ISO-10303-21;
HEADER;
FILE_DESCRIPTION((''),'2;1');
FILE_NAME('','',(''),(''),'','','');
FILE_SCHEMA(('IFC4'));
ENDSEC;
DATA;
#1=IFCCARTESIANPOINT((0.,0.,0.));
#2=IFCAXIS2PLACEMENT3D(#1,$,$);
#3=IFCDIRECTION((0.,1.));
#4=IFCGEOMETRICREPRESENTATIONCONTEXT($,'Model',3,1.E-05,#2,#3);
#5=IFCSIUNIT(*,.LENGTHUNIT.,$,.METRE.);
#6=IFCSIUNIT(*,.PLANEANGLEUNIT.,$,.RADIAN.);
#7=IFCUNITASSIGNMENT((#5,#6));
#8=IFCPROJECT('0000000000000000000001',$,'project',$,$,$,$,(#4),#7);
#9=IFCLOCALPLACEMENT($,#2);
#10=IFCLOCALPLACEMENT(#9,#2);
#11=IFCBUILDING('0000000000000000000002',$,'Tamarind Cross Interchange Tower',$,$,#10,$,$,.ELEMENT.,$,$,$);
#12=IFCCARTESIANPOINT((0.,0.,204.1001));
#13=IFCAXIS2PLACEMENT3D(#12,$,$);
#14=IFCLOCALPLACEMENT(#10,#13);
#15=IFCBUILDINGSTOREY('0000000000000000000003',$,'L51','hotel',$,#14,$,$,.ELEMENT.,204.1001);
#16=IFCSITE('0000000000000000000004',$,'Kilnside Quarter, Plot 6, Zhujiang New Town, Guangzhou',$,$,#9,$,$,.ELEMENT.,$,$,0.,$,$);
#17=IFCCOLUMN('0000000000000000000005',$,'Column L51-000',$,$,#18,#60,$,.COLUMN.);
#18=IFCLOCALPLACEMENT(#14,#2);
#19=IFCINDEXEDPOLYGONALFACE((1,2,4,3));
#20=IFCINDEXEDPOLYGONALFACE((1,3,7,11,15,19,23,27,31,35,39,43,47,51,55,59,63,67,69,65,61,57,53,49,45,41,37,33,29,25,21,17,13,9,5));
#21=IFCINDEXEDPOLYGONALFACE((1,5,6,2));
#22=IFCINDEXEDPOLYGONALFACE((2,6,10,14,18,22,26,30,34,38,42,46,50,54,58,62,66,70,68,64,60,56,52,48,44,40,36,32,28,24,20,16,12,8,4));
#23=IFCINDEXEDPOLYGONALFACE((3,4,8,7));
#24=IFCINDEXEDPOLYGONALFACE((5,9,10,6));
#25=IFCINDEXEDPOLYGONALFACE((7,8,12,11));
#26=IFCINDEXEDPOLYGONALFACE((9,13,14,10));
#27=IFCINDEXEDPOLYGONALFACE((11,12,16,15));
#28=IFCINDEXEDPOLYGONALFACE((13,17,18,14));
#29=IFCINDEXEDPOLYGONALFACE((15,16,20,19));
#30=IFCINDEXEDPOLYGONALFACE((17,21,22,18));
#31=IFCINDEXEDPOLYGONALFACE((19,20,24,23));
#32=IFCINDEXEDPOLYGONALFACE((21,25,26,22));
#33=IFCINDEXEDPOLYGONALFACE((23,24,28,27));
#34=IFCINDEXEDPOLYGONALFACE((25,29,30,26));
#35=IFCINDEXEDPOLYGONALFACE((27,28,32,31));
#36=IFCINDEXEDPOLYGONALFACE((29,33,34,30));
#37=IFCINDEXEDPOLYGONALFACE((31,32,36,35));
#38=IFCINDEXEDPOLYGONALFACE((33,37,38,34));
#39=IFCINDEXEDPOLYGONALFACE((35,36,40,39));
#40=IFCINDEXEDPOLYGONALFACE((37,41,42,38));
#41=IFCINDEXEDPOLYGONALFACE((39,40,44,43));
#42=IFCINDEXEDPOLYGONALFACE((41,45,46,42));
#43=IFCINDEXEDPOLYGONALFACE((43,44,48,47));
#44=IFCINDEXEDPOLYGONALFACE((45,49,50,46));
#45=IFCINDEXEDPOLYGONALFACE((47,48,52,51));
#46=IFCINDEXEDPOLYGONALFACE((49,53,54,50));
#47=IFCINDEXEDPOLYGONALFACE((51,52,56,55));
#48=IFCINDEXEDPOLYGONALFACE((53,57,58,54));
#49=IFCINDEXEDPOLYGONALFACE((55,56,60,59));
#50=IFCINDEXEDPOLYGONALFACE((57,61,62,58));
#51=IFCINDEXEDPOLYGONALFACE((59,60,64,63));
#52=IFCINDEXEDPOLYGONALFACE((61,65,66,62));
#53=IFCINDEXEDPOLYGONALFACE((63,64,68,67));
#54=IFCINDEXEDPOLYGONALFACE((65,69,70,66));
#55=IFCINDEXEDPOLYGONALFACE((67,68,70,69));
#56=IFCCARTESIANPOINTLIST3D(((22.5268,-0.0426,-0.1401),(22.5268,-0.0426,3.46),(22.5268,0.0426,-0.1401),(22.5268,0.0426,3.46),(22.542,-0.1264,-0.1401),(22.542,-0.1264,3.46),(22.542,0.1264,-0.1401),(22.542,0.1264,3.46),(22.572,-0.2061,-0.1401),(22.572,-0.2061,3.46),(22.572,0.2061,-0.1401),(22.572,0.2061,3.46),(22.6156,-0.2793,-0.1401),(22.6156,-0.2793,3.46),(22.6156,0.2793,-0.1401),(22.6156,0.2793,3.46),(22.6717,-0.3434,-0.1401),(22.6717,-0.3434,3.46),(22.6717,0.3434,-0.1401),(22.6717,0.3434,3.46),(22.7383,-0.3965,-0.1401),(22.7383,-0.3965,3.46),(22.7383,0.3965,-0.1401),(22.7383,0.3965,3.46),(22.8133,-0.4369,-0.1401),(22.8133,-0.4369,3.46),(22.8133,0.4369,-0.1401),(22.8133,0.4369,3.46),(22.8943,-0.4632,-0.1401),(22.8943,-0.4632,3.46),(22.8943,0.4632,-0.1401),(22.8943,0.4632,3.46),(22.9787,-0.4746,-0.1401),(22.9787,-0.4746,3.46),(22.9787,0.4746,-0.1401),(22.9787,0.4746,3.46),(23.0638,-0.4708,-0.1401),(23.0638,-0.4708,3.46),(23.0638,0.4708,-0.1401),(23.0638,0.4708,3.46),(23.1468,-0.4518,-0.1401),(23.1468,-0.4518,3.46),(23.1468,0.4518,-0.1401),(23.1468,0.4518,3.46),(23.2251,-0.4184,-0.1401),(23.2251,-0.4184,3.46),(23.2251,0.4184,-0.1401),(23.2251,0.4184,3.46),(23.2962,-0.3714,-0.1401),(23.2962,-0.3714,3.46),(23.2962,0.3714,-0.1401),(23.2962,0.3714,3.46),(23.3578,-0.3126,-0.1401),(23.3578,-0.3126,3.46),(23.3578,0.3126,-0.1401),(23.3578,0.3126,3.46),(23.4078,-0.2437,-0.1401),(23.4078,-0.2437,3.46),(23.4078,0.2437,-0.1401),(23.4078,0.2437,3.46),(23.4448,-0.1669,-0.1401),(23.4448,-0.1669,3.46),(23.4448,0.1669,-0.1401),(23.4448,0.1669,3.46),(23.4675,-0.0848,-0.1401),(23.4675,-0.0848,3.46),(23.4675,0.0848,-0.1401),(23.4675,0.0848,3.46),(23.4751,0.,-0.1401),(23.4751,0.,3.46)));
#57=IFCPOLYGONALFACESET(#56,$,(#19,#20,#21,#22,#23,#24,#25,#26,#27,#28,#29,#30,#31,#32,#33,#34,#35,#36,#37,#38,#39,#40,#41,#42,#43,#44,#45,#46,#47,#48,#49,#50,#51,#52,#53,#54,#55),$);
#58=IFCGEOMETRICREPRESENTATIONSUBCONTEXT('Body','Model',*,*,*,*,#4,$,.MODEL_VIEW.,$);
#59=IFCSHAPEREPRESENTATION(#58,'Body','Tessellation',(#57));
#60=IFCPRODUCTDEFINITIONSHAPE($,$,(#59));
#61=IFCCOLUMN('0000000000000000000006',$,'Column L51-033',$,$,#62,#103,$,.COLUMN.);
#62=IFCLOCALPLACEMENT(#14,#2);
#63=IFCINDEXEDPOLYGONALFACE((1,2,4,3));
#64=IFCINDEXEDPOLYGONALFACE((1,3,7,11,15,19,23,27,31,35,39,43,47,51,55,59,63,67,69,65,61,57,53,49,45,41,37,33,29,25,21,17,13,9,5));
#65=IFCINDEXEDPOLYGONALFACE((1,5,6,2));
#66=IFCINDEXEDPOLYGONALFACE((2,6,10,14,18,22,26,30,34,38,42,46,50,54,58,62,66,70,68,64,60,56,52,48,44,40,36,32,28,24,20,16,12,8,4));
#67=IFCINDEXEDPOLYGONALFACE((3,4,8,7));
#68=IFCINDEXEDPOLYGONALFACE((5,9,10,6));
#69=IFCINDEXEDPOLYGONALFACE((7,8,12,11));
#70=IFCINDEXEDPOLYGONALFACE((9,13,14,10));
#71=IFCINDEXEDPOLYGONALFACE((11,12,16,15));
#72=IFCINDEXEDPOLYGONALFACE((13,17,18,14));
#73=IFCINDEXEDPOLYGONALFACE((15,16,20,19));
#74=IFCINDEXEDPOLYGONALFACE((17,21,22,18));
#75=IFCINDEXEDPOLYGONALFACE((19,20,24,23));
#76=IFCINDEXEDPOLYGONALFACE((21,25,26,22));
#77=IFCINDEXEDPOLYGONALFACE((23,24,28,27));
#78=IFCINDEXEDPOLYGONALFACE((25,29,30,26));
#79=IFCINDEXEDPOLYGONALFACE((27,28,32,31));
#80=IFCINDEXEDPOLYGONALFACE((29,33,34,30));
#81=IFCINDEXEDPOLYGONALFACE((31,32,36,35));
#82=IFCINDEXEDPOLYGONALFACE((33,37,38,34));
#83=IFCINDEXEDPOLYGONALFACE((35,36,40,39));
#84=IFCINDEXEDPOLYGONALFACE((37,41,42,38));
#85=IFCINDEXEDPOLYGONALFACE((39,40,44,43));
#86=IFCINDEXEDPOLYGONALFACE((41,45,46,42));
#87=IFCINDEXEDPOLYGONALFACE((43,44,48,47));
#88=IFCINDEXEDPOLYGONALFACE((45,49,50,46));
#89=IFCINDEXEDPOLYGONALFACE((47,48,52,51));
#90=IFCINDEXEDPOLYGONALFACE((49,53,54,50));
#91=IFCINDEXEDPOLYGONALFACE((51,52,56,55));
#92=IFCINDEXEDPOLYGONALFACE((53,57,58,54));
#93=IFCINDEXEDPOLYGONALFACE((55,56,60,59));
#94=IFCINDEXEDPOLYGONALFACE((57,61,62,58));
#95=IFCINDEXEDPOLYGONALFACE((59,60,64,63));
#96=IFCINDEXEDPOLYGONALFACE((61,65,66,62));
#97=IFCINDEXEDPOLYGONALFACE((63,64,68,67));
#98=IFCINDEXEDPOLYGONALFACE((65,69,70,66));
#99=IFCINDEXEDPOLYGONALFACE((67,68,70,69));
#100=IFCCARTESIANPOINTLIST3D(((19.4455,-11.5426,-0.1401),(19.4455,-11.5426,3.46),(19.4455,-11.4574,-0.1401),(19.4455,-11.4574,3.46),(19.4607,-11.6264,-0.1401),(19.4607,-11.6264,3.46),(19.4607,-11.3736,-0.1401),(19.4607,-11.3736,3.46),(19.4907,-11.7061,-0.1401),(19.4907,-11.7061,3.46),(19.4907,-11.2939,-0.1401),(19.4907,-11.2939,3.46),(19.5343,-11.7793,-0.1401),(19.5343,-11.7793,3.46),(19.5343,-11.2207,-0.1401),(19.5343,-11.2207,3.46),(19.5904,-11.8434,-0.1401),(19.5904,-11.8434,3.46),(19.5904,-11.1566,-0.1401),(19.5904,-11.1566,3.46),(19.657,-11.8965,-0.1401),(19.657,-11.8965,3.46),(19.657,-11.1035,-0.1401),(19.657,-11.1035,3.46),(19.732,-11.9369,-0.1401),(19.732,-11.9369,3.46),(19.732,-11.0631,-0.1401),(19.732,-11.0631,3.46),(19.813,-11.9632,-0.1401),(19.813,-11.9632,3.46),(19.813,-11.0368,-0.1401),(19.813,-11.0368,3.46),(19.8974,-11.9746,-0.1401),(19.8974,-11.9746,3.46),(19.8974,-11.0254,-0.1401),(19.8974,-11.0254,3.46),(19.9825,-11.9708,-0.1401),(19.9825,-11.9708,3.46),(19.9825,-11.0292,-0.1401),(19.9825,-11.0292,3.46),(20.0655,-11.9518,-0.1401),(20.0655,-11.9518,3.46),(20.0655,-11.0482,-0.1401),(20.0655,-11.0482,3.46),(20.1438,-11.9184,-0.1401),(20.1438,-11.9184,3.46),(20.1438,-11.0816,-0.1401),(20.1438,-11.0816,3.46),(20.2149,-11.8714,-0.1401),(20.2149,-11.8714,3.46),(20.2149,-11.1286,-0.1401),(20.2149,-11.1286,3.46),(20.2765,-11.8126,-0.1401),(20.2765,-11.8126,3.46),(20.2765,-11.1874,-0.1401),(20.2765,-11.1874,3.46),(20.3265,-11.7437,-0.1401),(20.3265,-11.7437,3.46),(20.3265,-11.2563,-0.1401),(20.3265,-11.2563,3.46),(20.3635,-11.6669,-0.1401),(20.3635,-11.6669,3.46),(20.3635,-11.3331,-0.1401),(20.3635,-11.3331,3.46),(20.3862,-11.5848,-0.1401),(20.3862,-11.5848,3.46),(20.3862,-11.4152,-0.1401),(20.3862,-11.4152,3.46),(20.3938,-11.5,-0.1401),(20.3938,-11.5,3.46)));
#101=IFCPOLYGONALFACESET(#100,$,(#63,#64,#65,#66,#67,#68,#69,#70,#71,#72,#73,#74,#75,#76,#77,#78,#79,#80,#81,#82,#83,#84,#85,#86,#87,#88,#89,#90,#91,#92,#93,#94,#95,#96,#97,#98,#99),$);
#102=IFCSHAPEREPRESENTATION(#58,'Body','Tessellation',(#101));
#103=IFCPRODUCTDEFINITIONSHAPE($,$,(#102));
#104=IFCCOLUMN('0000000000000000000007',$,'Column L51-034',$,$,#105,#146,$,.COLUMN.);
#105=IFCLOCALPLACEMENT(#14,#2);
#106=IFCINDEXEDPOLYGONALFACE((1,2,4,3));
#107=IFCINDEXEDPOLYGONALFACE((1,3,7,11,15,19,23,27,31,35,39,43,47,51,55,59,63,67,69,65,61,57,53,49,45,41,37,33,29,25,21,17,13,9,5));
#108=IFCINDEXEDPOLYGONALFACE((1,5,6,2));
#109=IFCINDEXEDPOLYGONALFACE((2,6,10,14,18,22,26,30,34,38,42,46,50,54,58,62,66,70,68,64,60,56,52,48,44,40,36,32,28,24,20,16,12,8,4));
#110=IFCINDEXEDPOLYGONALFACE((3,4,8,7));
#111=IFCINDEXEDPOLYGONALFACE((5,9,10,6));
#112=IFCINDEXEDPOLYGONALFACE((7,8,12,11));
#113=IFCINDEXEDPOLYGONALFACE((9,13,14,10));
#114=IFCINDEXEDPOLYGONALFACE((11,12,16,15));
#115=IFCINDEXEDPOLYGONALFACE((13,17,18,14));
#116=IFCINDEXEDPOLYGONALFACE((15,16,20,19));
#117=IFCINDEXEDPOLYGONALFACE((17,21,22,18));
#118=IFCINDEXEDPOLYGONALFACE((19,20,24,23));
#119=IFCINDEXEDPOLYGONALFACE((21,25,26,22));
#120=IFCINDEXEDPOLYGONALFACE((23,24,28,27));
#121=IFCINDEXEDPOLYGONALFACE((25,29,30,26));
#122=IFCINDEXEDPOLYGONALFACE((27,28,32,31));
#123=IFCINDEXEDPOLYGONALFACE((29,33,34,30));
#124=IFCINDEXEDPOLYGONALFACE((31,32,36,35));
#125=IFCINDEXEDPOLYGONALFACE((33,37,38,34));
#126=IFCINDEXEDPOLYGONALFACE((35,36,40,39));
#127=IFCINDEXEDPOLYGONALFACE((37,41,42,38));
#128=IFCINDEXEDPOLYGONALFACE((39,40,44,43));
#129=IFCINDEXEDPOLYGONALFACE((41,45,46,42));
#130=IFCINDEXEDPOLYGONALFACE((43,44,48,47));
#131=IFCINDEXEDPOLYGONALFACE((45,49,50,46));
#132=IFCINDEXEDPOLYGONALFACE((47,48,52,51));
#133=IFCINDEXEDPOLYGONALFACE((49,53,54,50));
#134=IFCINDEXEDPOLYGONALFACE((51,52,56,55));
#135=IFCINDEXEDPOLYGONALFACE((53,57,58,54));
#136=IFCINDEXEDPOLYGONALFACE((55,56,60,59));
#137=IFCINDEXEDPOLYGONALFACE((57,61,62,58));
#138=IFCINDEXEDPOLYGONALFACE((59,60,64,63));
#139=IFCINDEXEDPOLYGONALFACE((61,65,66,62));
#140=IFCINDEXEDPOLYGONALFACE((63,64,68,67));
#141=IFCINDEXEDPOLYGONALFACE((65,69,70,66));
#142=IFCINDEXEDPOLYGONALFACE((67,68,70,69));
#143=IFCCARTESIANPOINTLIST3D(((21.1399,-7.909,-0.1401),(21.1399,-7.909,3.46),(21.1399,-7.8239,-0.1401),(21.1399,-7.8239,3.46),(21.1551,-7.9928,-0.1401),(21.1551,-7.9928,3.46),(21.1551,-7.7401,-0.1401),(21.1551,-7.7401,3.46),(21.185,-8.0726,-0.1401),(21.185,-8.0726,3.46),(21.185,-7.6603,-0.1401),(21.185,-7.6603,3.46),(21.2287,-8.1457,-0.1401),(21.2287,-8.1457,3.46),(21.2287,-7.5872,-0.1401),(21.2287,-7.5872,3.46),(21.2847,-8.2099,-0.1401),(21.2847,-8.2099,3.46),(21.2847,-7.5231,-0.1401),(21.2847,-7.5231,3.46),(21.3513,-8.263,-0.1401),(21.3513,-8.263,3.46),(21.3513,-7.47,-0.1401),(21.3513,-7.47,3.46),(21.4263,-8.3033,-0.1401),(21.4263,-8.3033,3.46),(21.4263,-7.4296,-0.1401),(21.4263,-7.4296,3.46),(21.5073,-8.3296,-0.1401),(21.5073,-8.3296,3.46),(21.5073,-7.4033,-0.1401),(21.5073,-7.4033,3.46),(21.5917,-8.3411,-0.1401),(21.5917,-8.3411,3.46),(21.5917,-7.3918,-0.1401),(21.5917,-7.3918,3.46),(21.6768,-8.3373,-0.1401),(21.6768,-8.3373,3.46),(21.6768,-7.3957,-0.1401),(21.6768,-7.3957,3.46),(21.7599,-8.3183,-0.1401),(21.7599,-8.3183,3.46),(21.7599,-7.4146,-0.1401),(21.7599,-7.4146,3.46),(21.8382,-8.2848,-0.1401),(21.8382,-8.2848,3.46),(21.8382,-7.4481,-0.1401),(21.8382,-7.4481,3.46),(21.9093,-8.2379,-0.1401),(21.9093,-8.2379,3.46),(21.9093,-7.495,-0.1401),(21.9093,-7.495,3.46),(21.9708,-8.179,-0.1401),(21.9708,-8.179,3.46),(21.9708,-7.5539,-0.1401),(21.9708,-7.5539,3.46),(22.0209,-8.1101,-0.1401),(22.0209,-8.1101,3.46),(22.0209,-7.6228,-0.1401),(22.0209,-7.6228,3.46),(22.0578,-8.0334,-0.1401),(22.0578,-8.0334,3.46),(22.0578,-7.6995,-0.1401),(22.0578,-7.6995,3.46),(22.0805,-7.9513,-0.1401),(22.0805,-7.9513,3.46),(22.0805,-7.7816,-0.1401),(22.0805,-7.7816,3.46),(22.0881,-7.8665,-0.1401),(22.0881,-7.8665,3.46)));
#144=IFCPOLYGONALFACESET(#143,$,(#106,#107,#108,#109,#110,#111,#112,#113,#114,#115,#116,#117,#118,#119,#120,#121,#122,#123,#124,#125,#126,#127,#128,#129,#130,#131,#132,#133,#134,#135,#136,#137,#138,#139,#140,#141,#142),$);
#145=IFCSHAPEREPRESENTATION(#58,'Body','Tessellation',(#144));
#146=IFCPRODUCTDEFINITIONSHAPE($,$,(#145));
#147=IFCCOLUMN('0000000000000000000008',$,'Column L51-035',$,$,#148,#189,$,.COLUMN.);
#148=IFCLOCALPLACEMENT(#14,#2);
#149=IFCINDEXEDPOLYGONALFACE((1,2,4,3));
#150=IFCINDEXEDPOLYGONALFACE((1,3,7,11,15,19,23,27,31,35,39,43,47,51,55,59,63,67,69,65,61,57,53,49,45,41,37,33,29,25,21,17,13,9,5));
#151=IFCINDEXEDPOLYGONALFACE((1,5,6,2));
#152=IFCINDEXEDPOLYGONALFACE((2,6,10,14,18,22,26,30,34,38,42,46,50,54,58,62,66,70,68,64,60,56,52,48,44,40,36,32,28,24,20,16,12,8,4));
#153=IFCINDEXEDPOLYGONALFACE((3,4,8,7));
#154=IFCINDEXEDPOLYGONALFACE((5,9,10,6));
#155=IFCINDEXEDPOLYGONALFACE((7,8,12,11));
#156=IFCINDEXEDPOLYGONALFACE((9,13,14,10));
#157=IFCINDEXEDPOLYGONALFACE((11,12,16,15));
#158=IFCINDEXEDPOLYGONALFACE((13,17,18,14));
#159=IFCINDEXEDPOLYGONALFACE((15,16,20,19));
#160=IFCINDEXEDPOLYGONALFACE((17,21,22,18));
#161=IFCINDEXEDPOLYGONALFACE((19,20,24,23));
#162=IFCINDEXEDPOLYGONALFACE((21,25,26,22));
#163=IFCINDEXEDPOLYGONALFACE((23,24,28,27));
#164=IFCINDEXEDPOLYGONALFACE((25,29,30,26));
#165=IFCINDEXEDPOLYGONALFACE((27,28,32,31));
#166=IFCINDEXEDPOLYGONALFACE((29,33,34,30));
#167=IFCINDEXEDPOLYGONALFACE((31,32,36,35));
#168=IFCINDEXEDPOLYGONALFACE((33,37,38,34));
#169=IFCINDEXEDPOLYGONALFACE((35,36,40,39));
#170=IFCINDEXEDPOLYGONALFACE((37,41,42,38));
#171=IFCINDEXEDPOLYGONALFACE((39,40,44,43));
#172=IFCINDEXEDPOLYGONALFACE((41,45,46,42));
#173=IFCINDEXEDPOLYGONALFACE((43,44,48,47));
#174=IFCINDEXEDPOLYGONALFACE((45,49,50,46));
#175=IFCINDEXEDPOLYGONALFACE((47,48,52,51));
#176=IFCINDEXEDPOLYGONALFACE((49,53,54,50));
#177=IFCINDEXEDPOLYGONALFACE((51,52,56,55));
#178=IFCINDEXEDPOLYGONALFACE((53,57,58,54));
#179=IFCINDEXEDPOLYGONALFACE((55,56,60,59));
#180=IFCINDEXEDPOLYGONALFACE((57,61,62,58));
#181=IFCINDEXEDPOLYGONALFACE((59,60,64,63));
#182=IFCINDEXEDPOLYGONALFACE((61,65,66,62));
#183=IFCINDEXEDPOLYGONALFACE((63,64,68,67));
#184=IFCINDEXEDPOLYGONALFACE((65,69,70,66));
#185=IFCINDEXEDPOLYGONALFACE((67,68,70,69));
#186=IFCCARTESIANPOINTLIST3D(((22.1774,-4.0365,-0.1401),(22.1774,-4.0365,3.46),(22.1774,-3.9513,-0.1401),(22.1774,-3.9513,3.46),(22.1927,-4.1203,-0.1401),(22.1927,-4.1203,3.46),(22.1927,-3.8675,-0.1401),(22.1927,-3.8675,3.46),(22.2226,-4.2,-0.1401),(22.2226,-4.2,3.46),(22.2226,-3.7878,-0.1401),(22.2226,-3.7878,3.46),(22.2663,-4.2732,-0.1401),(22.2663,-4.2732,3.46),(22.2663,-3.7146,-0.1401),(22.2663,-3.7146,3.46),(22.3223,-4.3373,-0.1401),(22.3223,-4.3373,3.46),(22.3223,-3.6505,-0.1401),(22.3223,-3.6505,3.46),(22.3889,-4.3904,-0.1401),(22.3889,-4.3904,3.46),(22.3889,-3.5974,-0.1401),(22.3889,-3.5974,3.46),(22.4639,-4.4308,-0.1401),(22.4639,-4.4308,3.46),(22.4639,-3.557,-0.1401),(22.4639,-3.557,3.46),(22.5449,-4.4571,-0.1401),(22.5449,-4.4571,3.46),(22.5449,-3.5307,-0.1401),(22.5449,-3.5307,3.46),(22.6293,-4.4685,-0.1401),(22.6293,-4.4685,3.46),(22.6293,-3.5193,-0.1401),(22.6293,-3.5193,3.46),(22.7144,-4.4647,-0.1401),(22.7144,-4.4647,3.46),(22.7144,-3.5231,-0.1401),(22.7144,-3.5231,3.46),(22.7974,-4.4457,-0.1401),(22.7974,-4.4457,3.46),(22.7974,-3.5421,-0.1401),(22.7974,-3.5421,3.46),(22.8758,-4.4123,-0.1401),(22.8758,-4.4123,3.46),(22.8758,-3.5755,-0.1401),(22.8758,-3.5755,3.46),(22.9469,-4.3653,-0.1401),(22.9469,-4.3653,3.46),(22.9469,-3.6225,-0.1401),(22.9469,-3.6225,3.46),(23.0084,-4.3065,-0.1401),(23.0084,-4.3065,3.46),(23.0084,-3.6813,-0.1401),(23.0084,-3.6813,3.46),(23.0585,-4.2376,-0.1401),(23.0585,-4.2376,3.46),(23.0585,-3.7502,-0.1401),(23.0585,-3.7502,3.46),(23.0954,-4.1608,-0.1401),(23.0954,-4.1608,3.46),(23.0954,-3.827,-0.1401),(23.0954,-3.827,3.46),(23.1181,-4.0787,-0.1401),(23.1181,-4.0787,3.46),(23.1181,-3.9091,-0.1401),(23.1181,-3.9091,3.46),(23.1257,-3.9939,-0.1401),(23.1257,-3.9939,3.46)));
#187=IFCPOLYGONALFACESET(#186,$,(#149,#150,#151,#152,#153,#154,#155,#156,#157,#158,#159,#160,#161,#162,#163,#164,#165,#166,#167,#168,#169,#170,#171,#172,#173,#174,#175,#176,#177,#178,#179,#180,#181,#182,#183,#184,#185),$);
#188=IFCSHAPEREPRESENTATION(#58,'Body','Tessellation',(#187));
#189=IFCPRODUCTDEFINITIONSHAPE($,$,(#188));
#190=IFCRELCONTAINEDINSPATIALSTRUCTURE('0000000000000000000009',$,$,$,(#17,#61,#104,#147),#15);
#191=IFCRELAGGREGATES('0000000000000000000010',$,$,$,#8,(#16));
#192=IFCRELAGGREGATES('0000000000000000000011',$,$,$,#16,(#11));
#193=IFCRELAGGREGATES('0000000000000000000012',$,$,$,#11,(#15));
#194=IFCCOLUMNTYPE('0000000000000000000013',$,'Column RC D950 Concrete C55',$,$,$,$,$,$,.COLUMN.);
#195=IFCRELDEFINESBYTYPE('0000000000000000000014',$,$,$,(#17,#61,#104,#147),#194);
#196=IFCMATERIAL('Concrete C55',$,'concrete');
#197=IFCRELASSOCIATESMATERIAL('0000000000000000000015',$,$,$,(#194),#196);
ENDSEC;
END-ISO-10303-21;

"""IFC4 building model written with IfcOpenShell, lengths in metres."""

from ifc_helpers import new_model, si_unit, direction, frame, origin, origin_2d, place, context, subcontext, project, spatial, circle, extrude, material, material_profile, profile_set, type_object, element, save


model = new_model("IFC4")

# Units and contexts
model_context = context("Model", 3, precision=1e-05, world=origin(), true_north=direction((0.0, 1.0)))
body_context = subcontext(model_context, "Body", "Model", "MODEL_VIEW")
ifc_project = project(units=[si_unit("LENGTHUNIT", "METRE"), si_unit("PLANEANGLEUNIT", "RADIAN")], contexts=[model_context])

# Site, building, storey
site_placement = place(None, origin())
site = spatial("IfcSite", under=ifc_project, at=site_placement, Name="Kilnside Quarter, Plot 6, Zhujiang New Town, Guangzhou", CompositionType="ELEMENT", RefElevation=0.0)
building_placement = place(site_placement, origin())
building = spatial("IfcBuilding", under=site, at=building_placement, Name="Tamarind Cross Interchange Tower", CompositionType="ELEMENT")
storey_placement = place(building_placement, frame((0.0, 0.0, 204.1001)))
storey = spatial("IfcBuildingStorey", under=building, at=storey_placement, Name="L51", Description="hotel", CompositionType="ELEMENT", Elevation=204.1001)

# Columns
ifc_material_1 = material(Name="Concrete C55", Category="concrete")
ifc_material_profile_1 = material_profile(ifc_material_1, circle(Radius=0.4751, at=origin_2d()), Name="RC D950")
ifc_profile_set_1 = profile_set([ifc_material_profile_1], Name="Concrete C55")
column_type = type_object("IfcColumnType", Name="Column RC D950 Concrete C55", PredefinedType="COLUMN", material=ifc_profile_set_1)
for number, where, z_axis, x_axis, name in (
    (1, (23.0, 0.0, -0.1401), (0.0, 0.0, 1.0), (1.0, 0.0, 0.0), "Column L51-000"),
    (2, (19.9187, -11.5, -0.1401), (0.0, 0.0, 1.0), (1.0, 0.0, 0.0), "Column L51-033"),
    (3, (21.613, -7.8665, -0.1401), (0.0, 0.0, 1.0), (1.0, 0.0, 0.0), "Column L51-034"),
    (4, (22.6506, -3.9939, -0.1401), (0.0, 0.0, 1.0), (1.0, 0.0, 0.0), "Column L51-035"),
):
    element("IfcColumn", number, at=place(storey_placement, frame(where, z_axis=z_axis, x_axis=x_axis)), inside=storey, type_object=column_type, Name=name, PredefinedType="COLUMN", context=body_context, shape_type="SweptSolid", body=[
        extrude(circle(Radius=0.4751, at=origin_2d()), origin(), (0.0, 0.0, 1.0), 3.6001),
    ])

save(model, "model.ifc")
